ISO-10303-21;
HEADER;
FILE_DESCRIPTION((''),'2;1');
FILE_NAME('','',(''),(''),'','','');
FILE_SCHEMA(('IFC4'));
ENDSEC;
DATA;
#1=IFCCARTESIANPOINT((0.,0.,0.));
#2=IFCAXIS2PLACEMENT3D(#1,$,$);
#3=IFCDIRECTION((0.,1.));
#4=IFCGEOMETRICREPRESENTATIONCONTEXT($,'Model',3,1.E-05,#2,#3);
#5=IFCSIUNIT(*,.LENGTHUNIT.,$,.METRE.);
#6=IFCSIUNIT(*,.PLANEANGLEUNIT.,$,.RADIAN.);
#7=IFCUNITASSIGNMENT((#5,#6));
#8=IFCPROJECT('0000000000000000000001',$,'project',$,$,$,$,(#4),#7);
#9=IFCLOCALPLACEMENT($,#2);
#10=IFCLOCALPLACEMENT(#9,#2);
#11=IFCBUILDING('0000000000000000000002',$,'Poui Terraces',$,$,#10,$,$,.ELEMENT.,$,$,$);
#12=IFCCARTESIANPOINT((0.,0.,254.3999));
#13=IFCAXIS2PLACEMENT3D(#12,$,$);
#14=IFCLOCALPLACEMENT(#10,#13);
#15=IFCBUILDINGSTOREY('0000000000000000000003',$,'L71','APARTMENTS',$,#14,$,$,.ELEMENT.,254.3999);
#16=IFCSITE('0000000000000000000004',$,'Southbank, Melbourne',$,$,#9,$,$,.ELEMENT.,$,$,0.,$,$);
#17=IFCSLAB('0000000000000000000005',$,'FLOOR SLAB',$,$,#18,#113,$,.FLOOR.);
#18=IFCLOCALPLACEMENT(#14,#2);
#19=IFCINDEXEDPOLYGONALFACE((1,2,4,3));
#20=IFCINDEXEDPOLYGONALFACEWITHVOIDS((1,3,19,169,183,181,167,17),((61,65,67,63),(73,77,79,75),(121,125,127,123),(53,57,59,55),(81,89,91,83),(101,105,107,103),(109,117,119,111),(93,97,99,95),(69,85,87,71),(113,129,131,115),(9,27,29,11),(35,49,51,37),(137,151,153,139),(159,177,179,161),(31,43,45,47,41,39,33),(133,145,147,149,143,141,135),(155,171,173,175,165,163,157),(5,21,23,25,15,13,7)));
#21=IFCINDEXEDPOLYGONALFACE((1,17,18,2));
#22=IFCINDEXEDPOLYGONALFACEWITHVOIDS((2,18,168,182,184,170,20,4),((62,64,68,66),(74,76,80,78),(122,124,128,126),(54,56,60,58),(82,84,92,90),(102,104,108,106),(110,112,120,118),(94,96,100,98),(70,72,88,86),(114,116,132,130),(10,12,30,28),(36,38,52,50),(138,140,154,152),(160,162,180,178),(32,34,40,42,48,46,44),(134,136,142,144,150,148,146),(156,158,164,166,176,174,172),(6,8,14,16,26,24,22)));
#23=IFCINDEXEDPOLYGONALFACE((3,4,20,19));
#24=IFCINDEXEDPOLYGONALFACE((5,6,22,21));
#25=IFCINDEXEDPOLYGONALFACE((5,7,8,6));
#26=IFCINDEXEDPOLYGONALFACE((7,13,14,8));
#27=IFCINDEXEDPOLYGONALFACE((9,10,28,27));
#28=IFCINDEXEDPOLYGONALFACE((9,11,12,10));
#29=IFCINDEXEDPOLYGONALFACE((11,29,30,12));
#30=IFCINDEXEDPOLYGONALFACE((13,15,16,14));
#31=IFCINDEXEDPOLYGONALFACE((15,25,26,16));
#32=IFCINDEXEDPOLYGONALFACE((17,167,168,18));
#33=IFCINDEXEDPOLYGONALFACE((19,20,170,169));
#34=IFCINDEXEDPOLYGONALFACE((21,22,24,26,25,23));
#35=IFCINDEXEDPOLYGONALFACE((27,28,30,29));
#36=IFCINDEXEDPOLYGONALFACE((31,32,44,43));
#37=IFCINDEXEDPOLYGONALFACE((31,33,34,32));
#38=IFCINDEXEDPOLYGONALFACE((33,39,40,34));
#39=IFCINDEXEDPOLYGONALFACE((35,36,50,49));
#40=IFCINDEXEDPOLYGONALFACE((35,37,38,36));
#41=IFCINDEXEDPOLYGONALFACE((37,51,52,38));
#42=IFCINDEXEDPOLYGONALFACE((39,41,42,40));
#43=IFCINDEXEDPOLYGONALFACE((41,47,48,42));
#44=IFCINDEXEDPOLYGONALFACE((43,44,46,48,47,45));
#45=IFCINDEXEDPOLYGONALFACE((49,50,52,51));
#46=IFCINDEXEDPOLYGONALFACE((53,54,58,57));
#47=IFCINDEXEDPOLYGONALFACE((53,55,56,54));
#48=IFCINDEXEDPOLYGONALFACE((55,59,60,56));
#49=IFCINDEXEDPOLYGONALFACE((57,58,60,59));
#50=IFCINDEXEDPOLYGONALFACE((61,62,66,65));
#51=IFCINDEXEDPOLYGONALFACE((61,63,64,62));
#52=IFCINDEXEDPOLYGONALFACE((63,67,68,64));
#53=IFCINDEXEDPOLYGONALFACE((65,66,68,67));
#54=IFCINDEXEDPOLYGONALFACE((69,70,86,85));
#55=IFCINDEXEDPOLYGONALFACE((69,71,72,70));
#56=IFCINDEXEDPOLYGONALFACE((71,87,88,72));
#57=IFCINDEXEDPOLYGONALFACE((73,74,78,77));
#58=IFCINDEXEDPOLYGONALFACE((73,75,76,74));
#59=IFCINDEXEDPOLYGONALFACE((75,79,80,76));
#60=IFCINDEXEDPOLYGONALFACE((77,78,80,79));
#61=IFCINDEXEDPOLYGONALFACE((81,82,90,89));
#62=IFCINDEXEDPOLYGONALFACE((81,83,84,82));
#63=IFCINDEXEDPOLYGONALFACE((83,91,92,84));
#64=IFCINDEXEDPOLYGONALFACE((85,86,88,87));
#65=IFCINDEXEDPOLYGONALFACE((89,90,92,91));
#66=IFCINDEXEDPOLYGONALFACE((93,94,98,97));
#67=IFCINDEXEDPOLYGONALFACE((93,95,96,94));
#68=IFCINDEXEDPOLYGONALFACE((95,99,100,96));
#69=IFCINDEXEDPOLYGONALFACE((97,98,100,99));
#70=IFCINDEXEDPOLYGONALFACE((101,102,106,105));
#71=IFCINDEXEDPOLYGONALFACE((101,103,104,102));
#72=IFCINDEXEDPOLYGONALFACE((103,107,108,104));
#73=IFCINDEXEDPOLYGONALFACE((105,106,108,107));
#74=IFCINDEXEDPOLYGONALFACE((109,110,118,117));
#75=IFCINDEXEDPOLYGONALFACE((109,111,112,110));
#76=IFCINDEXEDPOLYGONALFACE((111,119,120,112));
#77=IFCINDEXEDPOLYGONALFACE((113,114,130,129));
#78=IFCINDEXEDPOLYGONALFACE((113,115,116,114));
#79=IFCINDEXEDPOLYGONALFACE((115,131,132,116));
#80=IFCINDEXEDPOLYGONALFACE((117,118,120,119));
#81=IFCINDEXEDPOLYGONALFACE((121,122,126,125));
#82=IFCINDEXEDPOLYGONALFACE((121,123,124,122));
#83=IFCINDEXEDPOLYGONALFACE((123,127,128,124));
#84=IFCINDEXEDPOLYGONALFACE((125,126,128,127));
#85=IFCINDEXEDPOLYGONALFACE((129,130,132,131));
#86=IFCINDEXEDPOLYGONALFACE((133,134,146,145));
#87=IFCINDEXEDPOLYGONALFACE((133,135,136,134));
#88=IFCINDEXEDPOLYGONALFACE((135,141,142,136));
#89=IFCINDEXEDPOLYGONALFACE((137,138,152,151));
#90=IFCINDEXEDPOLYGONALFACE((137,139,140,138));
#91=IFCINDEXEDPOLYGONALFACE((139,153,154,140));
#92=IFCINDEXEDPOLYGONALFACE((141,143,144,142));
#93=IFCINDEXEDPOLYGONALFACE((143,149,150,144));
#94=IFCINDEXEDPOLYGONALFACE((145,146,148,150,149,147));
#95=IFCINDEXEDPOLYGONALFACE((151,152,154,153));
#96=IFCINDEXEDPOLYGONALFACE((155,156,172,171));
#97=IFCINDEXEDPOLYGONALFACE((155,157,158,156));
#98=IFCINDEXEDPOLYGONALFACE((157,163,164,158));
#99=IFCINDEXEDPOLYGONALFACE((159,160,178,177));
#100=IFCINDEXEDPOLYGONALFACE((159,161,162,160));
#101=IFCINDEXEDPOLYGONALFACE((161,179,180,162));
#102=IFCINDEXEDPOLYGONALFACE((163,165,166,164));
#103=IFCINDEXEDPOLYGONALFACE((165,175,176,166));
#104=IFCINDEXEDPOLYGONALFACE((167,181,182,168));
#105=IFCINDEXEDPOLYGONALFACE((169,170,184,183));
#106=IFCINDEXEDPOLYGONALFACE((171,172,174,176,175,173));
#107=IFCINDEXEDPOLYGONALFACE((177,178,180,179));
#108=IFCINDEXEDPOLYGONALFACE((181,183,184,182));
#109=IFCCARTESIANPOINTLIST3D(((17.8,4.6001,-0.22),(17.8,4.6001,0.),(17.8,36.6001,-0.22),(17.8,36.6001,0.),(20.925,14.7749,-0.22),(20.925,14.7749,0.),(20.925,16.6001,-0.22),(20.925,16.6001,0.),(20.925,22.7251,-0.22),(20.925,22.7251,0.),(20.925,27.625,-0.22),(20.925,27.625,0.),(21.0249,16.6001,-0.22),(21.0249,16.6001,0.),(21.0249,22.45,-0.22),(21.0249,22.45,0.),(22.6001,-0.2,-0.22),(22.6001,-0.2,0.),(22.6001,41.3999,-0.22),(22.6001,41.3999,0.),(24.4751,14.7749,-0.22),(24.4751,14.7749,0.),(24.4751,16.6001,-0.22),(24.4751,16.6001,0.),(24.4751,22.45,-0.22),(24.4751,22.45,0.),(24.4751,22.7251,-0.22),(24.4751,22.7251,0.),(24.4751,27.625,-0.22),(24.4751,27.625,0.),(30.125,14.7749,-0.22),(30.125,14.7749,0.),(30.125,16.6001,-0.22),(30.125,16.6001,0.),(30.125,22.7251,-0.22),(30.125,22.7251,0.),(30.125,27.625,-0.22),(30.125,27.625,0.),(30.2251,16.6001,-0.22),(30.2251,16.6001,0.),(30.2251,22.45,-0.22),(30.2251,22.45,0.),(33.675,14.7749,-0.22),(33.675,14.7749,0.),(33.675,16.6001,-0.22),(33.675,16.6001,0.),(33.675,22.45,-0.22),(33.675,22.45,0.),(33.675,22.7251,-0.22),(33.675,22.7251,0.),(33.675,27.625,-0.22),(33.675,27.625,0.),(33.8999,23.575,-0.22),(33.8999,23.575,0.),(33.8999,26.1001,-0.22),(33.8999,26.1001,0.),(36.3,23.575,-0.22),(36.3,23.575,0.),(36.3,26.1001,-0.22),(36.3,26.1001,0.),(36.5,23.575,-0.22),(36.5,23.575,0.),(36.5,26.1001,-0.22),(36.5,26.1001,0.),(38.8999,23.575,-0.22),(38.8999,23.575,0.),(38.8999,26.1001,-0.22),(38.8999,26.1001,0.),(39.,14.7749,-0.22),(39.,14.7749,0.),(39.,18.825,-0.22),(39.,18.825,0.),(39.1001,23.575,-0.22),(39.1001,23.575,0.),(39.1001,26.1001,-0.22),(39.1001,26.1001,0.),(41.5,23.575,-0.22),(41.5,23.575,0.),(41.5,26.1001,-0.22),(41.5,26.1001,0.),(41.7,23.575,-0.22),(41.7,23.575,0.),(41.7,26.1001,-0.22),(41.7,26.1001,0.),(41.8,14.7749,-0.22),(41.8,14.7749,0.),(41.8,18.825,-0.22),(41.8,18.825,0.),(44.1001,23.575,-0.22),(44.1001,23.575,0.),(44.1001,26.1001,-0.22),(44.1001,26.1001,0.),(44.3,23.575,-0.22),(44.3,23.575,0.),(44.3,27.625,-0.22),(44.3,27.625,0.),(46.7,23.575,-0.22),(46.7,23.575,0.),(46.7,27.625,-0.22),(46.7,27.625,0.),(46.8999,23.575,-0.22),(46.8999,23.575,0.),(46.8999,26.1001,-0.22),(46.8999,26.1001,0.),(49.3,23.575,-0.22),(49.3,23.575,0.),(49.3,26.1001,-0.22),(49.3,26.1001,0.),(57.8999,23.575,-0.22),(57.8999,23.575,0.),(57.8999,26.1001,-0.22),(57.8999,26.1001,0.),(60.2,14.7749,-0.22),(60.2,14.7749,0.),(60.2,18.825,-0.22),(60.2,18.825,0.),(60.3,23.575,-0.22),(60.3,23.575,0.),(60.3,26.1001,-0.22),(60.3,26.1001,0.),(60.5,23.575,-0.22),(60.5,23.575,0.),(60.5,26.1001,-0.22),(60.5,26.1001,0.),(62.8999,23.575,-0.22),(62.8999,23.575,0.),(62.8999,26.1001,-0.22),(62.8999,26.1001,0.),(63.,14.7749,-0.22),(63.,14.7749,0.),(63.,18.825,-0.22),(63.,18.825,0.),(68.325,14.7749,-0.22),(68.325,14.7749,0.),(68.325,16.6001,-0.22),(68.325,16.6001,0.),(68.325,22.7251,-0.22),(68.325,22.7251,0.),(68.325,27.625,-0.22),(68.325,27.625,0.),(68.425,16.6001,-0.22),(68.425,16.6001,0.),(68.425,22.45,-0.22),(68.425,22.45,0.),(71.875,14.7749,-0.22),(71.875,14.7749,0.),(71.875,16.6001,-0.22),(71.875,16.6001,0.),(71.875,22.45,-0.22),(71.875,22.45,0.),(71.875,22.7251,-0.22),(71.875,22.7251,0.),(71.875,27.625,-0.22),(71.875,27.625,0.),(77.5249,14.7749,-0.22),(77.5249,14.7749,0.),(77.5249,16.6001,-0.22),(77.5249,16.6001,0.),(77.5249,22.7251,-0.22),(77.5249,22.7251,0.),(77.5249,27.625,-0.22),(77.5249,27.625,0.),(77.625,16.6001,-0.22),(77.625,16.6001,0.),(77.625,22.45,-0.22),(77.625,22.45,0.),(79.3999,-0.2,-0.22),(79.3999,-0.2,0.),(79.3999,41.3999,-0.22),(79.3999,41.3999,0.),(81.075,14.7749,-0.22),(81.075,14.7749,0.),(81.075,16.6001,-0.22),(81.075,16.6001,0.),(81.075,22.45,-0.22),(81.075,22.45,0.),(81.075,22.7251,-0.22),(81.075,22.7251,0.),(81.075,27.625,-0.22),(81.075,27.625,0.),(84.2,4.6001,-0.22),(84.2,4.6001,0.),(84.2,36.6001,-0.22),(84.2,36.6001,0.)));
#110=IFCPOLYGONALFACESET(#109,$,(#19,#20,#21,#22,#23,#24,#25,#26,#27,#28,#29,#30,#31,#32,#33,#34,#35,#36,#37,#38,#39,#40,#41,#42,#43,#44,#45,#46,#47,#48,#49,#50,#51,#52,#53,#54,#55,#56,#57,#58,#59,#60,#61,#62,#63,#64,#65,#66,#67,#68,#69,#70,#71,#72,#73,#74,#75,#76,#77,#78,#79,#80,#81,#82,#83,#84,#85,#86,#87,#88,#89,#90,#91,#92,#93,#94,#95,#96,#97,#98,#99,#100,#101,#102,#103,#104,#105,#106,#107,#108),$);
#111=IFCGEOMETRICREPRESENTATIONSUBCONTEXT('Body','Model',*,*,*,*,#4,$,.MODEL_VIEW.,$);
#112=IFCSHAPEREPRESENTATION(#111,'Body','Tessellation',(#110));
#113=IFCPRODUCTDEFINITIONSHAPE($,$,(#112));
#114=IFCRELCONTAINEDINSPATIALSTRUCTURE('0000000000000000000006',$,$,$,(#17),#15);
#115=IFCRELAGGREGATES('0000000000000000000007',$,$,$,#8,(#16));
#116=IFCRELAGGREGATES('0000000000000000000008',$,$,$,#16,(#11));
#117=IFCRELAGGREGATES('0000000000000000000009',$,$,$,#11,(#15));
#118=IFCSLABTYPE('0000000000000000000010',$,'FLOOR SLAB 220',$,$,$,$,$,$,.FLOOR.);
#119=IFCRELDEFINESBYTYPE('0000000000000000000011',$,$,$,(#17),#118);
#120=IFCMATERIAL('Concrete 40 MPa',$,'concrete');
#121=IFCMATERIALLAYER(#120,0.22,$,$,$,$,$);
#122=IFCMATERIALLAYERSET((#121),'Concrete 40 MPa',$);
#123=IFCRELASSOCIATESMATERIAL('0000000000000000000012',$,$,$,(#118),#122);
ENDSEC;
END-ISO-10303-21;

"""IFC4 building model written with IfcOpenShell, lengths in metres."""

from ifc_helpers import new_model, si_unit, direction, frame, origin, place, context, subcontext, project, spatial, polyline, outline, extrude, source, transform, mapped, material, layer, layer_set, type_object, element, save


model = new_model("IFC4")

# Units and contexts
model_context = context("Model", 3, precision=1e-05, world=origin(), true_north=direction((0.0, 1.0)))
body_context = subcontext(model_context, "Body", "Model", "MODEL_VIEW")
ifc_project = project(units=[si_unit("LENGTHUNIT", "METRE"), si_unit("PLANEANGLEUNIT", "RADIAN")], contexts=[model_context])

# Site, building, storey
site_placement = place(None, origin())
site = spatial("IfcSite", under=ifc_project, at=site_placement, Name="Southbank, Melbourne", CompositionType="ELEMENT", RefElevation=0.0)
building_placement = place(site_placement, origin())
building = spatial("IfcBuilding", under=site, at=building_placement, Name="Poui Terraces", CompositionType="ELEMENT")
storey_placement = place(building_placement, frame((0.0, 0.0, 254.3999)))
storey = spatial("IfcBuildingStorey", under=building, at=storey_placement, Name="L71", Description="APARTMENTS", CompositionType="ELEMENT", Elevation=254.3999)

# Slab
ifc_material = material(Name="Concrete 40 MPa", Category="concrete")
ifc_layer = layer(ifc_material, 0.22)
ifc_layer_set = layer_set([ifc_layer], Name="Concrete 40 MPa")
slab_type = type_object("IfcSlabType", Name="FLOOR SLAB 220", PredefinedType="FLOOR", material=ifc_layer_set)
shared_shape = source(origin(), body_context, "Body", "SweptSolid", [
    extrude(outline(polyline([(0.0, 0.0), (4.8, -4.8), (61.5999, -4.8), (66.3999, 0.0), (66.3999, 32.0), (61.5999, 36.7998), (4.8, 36.7998), (0.0, 32.0), (0.0, 0.0)]), holes=[polyline([(21.2, 10.1748), (21.2, 14.2249), (24.0, 14.2249), (24.0, 10.1748), (21.2, 10.1748)]), polyline([(3.2249, 17.8499), (6.675, 17.8499), (6.675, 12.0), (6.675, 10.1748), (3.125, 10.1748), (3.125, 12.0), (3.2249, 12.0), (3.2249, 17.8499)]), polyline([(12.425, 17.8499), (15.875, 17.8499), (15.875, 12.0), (15.875, 10.1748), (12.325, 10.1748), (12.325, 12.0), (12.425, 12.0), (12.425, 17.8499)]), polyline([(16.0999, 18.9749), (16.0999, 21.5), (18.5, 21.5), (18.5, 18.9749), (16.0999, 18.9749)]), polyline([(18.7, 18.9749), (18.7, 21.5), (21.0999, 21.5), (21.0999, 18.9749), (18.7, 18.9749)]), polyline([(21.3, 18.9749), (21.3, 21.5), (23.7, 21.5), (23.7, 18.9749), (21.3, 18.9749)]), polyline([(23.8999, 18.9749), (23.8999, 21.5), (26.3, 21.5), (26.3, 18.9749), (23.8999, 18.9749)]), polyline([(3.125, 23.0249), (6.675, 23.0249), (6.675, 18.125), (3.125, 18.125), (3.125, 23.0249)]), polyline([(12.325, 23.0249), (15.875, 23.0249), (15.875, 18.125), (12.325, 18.125), (12.325, 23.0249)]), polyline([(42.3999, 10.1748), (42.3999, 14.2249), (45.2, 14.2249), (45.2, 10.1748), (42.3999, 10.1748)]), polyline([(50.625, 17.8499), (54.075, 17.8499), (54.075, 12.0), (54.075, 10.1748), (50.5249, 10.1748), (50.5249, 12.0), (50.625, 12.0), (50.625, 17.8499)]), polyline([(59.825, 17.8499), (63.2749, 17.8499), (63.2749, 12.0), (63.2749, 10.1748), (59.7249, 10.1748), (59.7249, 12.0), (59.825, 12.0), (59.825, 17.8499)]), polyline([(29.0999, 18.9749), (29.0999, 21.5), (31.5, 21.5), (31.5, 18.9749), (29.0999, 18.9749)]), polyline([(40.0999, 18.9749), (40.0999, 21.5), (42.5, 21.5), (42.5, 18.9749), (40.0999, 18.9749)]), polyline([(42.7, 18.9749), (42.7, 21.5), (45.0999, 21.5), (45.0999, 18.9749), (42.7, 18.9749)]), polyline([(50.5249, 18.125), (50.5249, 23.0249), (54.075, 23.0249), (54.075, 18.125), (50.5249, 18.125)]), polyline([(59.7249, 23.0249), (63.2749, 23.0249), (63.2749, 18.125), (59.7249, 18.125), (59.7249, 23.0249)]), polyline([(26.5, 23.0249), (28.8999, 23.0249), (28.8999, 18.9749), (26.5, 18.9749), (26.5, 23.0249)])]), origin(), (0.0, 0.0, 1.0), 0.22),
])
slab_placement = place(storey_placement, frame((17.8, 4.6001, -0.22)))
element("IfcSlab", 1, at=slab_placement, inside=storey, type_object=slab_type, Name="FLOOR SLAB", PredefinedType="FLOOR", context=body_context, shape_type="MappedRepresentation", body=[
    mapped(shared_shape, transform((0.0, 0.0, 0.0))),
])

save(model, "model.ifc")
